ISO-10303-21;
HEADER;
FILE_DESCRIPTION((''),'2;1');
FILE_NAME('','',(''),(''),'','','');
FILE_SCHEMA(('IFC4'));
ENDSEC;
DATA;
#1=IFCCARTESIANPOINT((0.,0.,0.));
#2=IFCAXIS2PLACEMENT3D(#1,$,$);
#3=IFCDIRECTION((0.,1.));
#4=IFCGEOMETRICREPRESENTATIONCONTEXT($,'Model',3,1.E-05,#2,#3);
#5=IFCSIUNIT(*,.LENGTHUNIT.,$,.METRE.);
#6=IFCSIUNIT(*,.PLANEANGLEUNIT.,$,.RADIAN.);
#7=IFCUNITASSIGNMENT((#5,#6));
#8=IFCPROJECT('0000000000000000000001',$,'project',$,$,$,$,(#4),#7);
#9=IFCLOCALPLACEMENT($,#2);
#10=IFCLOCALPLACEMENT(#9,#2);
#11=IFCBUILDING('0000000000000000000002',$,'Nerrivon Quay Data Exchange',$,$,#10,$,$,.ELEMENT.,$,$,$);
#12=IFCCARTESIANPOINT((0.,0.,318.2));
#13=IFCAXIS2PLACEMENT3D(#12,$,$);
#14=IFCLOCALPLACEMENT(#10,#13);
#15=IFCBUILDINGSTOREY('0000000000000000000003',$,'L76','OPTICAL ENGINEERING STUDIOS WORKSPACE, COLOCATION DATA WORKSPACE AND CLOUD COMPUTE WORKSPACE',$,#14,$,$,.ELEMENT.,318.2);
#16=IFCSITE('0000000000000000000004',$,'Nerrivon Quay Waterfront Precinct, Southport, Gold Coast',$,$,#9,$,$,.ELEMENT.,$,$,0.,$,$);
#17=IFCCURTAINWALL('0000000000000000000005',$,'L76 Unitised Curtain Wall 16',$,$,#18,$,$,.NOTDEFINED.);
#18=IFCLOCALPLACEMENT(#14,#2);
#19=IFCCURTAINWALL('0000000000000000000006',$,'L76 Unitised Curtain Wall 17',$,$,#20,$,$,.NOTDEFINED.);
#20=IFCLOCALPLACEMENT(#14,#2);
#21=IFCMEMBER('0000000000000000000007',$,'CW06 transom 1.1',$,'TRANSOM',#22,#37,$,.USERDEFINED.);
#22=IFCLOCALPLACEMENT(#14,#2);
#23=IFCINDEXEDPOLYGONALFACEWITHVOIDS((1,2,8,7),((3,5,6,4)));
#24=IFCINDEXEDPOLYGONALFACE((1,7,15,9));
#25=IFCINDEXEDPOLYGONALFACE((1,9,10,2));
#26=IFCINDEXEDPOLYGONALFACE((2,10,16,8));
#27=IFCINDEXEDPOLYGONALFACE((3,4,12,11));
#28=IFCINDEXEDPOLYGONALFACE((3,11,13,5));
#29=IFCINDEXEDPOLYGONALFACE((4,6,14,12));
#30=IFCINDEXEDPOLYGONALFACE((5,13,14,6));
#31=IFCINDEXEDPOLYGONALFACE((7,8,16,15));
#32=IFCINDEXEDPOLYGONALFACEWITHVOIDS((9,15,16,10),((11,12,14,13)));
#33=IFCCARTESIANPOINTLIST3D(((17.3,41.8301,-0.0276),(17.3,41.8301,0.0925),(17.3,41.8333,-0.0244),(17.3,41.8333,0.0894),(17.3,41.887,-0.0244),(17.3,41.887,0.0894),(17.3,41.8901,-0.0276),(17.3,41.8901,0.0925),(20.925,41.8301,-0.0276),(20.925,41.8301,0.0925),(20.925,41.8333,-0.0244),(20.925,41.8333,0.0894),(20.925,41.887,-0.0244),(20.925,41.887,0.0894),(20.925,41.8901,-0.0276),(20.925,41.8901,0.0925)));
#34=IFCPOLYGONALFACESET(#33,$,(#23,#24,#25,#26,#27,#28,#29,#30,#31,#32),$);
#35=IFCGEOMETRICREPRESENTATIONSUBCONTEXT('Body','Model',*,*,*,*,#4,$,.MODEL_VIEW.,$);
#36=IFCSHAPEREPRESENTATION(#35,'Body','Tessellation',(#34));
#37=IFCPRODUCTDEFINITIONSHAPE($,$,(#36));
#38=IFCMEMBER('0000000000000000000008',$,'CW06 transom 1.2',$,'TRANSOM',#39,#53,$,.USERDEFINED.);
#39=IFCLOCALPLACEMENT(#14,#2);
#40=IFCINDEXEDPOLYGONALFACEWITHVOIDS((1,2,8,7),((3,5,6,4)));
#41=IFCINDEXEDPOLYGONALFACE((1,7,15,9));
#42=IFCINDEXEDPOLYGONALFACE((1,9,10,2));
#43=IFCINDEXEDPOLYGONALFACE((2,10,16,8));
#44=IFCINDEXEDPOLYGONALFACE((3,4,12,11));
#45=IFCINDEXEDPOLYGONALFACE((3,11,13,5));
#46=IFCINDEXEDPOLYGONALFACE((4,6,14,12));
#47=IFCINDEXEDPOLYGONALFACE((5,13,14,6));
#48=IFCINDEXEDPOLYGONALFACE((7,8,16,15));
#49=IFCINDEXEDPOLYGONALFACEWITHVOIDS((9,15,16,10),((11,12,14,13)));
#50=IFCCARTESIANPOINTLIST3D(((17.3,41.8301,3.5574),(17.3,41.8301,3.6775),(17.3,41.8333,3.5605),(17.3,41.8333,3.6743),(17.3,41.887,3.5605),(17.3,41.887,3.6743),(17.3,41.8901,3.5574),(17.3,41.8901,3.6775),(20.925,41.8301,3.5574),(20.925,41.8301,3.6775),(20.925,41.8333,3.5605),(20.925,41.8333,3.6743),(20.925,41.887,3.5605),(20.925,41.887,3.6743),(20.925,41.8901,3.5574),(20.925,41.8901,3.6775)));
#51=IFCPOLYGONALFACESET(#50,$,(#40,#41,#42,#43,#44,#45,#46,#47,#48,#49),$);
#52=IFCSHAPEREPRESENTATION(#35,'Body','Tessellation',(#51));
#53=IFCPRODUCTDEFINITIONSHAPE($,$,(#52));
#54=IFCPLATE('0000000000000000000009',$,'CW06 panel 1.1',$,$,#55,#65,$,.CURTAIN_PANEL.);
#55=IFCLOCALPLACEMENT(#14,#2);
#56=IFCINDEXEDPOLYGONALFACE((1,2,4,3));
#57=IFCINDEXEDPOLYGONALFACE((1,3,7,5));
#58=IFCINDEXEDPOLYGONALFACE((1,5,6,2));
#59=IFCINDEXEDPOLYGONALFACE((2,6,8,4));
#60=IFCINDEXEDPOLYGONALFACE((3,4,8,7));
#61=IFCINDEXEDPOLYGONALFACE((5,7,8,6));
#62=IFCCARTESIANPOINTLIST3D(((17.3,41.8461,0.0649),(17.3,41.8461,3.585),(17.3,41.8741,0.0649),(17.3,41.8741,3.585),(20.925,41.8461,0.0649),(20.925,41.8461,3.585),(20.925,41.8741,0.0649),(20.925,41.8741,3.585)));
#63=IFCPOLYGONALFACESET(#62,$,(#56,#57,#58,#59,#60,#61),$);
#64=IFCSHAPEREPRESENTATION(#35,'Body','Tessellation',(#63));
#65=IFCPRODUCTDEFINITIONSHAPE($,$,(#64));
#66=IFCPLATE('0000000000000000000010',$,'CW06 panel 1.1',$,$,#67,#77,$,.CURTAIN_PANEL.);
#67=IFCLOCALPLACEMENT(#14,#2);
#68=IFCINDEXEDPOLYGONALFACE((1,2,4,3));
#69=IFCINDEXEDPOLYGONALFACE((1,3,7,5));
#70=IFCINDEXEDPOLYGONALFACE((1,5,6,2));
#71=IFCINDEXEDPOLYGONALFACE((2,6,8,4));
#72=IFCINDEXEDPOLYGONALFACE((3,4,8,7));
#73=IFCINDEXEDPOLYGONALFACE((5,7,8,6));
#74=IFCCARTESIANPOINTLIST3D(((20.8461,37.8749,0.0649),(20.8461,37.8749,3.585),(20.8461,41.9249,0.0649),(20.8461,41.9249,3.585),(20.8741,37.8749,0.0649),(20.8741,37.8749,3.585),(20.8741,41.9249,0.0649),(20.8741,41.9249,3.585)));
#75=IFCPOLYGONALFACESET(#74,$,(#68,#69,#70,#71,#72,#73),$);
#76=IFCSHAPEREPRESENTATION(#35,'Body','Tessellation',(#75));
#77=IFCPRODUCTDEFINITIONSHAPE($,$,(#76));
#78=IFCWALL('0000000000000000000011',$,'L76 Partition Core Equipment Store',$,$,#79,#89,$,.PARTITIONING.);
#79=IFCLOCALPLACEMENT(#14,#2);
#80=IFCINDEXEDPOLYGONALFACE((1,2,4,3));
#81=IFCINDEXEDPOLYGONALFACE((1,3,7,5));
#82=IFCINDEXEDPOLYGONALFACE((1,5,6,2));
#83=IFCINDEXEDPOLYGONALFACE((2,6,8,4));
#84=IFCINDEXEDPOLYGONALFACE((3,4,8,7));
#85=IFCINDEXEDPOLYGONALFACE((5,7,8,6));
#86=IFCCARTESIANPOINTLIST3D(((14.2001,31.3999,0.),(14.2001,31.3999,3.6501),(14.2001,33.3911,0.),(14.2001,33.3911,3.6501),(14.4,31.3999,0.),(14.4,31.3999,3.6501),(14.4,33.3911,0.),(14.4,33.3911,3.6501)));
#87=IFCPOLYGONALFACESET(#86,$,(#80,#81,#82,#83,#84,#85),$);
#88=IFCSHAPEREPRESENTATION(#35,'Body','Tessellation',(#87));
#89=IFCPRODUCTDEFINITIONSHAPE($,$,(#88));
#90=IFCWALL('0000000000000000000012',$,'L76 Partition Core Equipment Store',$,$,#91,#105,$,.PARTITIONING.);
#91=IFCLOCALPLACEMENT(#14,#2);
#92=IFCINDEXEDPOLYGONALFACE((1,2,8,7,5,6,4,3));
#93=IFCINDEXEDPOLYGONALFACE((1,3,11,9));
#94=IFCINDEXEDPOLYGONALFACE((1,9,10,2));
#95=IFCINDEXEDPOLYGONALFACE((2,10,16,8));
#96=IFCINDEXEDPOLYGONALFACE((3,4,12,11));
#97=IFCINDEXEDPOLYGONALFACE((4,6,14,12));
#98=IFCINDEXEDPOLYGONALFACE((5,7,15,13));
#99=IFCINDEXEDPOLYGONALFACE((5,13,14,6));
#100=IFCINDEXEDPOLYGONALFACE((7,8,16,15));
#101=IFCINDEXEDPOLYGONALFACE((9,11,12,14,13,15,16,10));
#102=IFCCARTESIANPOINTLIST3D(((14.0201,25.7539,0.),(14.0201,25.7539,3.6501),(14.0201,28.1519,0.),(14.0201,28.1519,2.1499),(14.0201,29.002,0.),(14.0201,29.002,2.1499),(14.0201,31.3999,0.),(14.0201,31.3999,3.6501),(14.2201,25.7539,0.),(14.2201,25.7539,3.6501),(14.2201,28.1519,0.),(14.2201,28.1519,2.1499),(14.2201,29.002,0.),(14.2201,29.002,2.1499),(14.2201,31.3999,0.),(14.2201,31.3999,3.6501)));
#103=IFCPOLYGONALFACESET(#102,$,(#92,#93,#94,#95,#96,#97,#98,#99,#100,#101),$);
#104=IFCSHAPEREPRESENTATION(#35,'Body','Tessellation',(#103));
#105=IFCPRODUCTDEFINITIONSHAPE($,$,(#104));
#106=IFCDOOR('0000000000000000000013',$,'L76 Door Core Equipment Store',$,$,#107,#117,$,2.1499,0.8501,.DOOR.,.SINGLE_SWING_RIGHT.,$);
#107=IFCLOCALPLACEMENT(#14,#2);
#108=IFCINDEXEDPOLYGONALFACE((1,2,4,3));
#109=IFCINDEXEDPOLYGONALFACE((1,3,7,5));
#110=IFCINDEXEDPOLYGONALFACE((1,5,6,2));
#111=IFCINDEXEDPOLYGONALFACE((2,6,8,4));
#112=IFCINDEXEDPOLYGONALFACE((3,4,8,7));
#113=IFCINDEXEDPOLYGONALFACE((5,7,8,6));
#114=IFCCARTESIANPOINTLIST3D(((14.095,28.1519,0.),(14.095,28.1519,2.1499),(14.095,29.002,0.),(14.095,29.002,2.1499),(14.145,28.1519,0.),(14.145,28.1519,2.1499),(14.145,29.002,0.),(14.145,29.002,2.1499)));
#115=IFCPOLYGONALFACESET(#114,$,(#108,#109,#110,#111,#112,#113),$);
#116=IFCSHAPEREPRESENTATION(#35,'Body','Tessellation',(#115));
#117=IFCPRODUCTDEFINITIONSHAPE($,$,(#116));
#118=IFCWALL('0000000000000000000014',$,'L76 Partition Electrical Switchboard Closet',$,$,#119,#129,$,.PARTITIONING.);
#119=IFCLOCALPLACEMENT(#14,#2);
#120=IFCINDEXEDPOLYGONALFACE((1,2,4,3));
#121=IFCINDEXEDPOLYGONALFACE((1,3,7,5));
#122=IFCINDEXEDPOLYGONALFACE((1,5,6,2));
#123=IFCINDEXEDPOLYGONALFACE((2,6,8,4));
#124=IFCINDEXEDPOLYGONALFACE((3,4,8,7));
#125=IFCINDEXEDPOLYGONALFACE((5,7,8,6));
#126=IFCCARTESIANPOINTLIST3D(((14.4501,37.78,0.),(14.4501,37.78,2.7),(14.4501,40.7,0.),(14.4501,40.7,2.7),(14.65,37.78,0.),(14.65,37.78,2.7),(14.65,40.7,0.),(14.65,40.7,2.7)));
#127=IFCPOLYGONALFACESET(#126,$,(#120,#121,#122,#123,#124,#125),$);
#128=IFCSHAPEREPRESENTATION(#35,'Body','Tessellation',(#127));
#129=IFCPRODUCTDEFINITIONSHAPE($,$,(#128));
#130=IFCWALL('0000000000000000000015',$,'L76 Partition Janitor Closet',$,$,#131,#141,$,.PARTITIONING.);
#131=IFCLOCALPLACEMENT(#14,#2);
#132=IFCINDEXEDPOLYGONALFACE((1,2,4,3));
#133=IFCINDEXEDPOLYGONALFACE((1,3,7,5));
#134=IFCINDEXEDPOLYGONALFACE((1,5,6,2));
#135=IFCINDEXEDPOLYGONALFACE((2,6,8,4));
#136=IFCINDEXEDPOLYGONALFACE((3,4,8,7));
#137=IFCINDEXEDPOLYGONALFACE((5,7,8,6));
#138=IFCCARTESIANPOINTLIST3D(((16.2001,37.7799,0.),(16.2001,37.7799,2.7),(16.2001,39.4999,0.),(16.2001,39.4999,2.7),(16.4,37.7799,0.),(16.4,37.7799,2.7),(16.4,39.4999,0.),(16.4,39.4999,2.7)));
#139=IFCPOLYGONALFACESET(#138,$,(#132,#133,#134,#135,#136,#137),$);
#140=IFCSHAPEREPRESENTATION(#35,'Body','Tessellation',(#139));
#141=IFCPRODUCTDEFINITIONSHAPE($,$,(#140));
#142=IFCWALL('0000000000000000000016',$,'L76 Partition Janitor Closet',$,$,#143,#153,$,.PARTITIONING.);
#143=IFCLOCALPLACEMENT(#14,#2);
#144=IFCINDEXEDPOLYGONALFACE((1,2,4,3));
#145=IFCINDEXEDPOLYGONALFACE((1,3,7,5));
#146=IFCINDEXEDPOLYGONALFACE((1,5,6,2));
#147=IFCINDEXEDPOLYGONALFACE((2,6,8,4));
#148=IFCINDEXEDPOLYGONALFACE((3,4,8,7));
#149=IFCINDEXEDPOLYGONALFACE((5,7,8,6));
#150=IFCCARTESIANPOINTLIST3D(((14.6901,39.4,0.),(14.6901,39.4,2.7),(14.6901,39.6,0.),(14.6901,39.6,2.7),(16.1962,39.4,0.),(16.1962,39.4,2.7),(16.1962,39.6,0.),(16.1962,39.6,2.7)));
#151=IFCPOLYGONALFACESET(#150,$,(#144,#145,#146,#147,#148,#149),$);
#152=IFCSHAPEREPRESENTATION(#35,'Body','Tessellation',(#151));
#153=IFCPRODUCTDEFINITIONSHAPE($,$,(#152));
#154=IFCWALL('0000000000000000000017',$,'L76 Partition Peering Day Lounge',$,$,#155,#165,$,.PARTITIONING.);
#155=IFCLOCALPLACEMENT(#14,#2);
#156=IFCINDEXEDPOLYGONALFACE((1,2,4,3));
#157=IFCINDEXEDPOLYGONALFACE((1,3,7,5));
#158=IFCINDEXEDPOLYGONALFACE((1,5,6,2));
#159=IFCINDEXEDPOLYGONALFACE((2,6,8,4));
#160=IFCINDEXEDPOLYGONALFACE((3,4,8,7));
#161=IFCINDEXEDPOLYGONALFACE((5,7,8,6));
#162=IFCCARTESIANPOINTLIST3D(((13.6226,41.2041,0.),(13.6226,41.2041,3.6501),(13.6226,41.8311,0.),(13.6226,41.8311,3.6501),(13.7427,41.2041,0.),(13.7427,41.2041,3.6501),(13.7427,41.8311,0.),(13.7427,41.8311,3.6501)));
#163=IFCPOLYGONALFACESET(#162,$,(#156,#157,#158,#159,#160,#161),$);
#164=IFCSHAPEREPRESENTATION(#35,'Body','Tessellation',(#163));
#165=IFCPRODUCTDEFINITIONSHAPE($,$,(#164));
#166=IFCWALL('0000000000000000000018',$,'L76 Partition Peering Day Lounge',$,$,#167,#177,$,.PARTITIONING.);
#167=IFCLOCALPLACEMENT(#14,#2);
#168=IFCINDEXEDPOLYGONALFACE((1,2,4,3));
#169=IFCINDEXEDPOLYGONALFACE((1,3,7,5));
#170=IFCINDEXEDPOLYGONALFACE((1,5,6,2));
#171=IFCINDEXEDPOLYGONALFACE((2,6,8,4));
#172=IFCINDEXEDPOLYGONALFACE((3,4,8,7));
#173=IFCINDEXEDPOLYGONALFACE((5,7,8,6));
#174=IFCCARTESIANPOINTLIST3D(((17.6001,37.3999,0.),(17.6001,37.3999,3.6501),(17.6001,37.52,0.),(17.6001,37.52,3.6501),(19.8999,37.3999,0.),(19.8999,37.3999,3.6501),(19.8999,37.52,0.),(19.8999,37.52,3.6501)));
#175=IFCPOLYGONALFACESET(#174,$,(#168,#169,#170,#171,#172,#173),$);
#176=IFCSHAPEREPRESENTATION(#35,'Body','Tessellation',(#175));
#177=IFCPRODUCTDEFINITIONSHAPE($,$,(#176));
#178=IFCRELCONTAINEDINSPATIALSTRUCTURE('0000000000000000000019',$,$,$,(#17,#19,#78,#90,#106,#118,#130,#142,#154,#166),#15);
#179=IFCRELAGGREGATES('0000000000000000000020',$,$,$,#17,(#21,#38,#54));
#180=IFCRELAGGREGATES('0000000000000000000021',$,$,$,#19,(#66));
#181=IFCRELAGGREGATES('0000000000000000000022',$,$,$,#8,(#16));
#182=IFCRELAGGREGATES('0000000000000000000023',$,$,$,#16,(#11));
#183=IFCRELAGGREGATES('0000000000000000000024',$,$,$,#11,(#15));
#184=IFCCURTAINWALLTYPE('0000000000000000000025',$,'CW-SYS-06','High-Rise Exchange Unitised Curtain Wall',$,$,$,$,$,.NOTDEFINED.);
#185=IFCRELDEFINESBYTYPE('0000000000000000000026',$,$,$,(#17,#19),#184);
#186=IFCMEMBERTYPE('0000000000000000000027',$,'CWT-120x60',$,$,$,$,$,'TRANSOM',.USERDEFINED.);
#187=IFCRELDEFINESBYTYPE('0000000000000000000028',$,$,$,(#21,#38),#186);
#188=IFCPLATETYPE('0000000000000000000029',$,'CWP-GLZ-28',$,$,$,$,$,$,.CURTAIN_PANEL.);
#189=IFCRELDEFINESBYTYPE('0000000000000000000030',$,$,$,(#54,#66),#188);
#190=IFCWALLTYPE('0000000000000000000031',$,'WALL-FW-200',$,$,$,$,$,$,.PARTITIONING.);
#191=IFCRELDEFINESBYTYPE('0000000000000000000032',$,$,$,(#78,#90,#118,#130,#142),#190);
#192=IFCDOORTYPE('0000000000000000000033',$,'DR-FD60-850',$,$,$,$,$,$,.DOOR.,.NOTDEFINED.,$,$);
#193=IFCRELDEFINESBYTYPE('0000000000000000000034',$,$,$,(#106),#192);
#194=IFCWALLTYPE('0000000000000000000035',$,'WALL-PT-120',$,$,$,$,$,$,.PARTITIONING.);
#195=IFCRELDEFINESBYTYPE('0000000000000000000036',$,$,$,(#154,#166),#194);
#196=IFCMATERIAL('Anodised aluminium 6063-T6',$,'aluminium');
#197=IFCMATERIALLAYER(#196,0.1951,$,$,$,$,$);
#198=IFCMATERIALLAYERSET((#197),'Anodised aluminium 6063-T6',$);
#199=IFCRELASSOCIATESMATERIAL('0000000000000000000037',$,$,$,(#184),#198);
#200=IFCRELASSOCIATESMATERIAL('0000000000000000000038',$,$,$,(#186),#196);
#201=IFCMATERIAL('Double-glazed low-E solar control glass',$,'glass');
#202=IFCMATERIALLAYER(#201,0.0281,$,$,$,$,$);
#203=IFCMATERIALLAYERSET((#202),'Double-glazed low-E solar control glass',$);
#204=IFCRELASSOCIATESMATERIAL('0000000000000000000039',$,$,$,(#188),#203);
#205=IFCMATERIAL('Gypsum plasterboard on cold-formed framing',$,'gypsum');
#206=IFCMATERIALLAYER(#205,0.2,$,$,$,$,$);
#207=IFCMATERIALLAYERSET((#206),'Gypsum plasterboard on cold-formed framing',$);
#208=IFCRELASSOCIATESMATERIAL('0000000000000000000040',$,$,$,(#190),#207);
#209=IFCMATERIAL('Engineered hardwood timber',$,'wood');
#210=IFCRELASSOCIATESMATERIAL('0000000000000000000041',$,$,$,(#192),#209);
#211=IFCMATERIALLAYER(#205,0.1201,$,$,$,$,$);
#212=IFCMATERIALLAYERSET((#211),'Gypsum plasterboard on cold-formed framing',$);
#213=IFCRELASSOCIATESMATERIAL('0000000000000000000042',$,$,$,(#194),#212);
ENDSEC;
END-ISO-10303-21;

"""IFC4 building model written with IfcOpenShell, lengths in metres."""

from ifc_helpers import new_model, si_unit, direction, frame, frame_2d, origin, origin_2d, place, context, subcontext, project, spatial, rectangle, hollow_rectangle, extrude, material, layer, layer_set, material_profile, profile_set, type_object, element, fill, aggregate, save


model = new_model("IFC4")

# Units and contexts
model_context = context("Model", 3, precision=1e-05, world=origin(), true_north=direction((0.0, 1.0)))
body_context = subcontext(model_context, "Body", "Model", "MODEL_VIEW")
ifc_project = project(units=[si_unit("LENGTHUNIT", "METRE"), si_unit("PLANEANGLEUNIT", "RADIAN")], contexts=[model_context])

# Site, building, storey
site_placement = place(None, origin())
site = spatial("IfcSite", under=ifc_project, at=site_placement, Name="Nerrivon Quay Waterfront Precinct, Southport, Gold Coast", CompositionType="ELEMENT", RefElevation=0.0)
building_placement = place(site_placement, origin())
building = spatial("IfcBuilding", under=site, at=building_placement, Name="Nerrivon Quay Data Exchange", CompositionType="ELEMENT")
storey_placement = place(building_placement, frame((0.0, 0.0, 318.2)))
storey = spatial("IfcBuildingStorey", under=building, at=storey_placement, Name="L76", Description="OPTICAL ENGINEERING STUDIOS WORKSPACE, COLOCATION DATA WORKSPACE AND CLOUD COMPUTE WORKSPACE", CompositionType="ELEMENT", Elevation=318.2)

# Curtain walls
ifc_material_1 = material(Name="Anodised aluminium 6063-T6", Category="aluminium")
ifc_layer_1 = layer(ifc_material_1, 0.1951)
ifc_layer_set_1 = layer_set([ifc_layer_1], Name="Anodised aluminium 6063-T6")
curtain_wall_type = type_object("IfcCurtainWallType", Name="CW-SYS-06", Description="High-Rise Exchange Unitised Curtain Wall", PredefinedType="NOTDEFINED", material=ifc_layer_set_1)
curtain_wall_1_placement = place(storey_placement, origin())
curtain_wall_1 = element("IfcCurtainWall", 1, at=curtain_wall_1_placement, inside=storey, type_object=curtain_wall_type, Name="L76 Unitised Curtain Wall 16", PredefinedType="NOTDEFINED")
curtain_wall_2_placement = place(storey_placement, origin())
curtain_wall_2 = element("IfcCurtainWall", 2, at=curtain_wall_2_placement, inside=storey, type_object=curtain_wall_type, Name="L76 Unitised Curtain Wall 17", PredefinedType="NOTDEFINED")

# Members
ifc_material_profile_1 = material_profile(ifc_material_1, hollow_rectangle(XDim=0.0601, YDim=0.1201, WallThickness=0.0032, at=origin_2d()), Name="ALU-TRAN-120x60")
ifc_profile_set_1 = profile_set([ifc_material_profile_1], Name="Anodised aluminium 6063-T6")
member_type_1 = type_object("IfcMemberType", Name="CWT-120x60", ElementType="TRANSOM", PredefinedType="USERDEFINED", material=ifc_profile_set_1)
member_1_placement = place(storey_placement, frame((17.3, 41.8601, 0.0325), z_axis=(1.0, 0.0, 0.0), x_axis=(0.0, 1.0, 0.0)))
member_1 = element("IfcMember", 3, at=member_1_placement, type_object=member_type_1, Name="CW06 transom 1.1", ObjectType="TRANSOM", PredefinedType="USERDEFINED", context=body_context, shape_type="SweptSolid", body=[
    extrude(hollow_rectangle(XDim=0.0601, YDim=0.1201, WallThickness=0.0032, at=origin_2d()), origin(), (0.0, 0.0, 1.0), 3.625),
])
member_2_placement = place(storey_placement, frame((17.3, 41.8601, 3.6174), z_axis=(1.0, 0.0, 0.0), x_axis=(0.0, 1.0, 0.0)))
member_2 = element("IfcMember", 4, at=member_2_placement, type_object=member_type_1, Name="CW06 transom 1.2", ObjectType="TRANSOM", PredefinedType="USERDEFINED", context=body_context, shape_type="SweptSolid", body=[
    extrude(hollow_rectangle(XDim=0.0601, YDim=0.1201, WallThickness=0.0032, at=origin_2d()), origin(), (0.0, 0.0, 1.0), 3.625),
])

# Plates
ifc_material_2 = material(Name="Double-glazed low-E solar control glass", Category="glass")
ifc_layer_2 = layer(ifc_material_2, 0.0281)
ifc_layer_set_2 = layer_set([ifc_layer_2], Name="Double-glazed low-E solar control glass")
plate_type = type_object("IfcPlateType", Name="CWP-GLZ-28", PredefinedType="CURTAIN_PANEL", material=ifc_layer_set_2)
plate_1_placement = place(storey_placement, frame((19.1125, 41.8601, 0.0649), z_axis=(0.0, 0.0, 1.0), x_axis=(1.0, 0.0, 0.0)))
plate_1 = element("IfcPlate", 5, at=plate_1_placement, type_object=plate_type, Name="CW06 panel 1.1", PredefinedType="CURTAIN_PANEL", context=body_context, shape_type="SweptSolid", body=[
    extrude(rectangle(XDim=3.625, YDim=0.0281, at=origin_2d()), origin(), (0.0, 0.0, 1.0), 3.52),
])
aggregate(curtain_wall_1, [member_1, member_2, plate_1])
plate_2_placement = place(storey_placement, frame((20.8601, 39.8999, 0.0649), z_axis=(0.0, 0.0, 1.0), x_axis=(0.0, -1.0, 0.0)))
plate_2 = element("IfcPlate", 6, at=plate_2_placement, type_object=plate_type, Name="CW06 panel 1.1", PredefinedType="CURTAIN_PANEL", context=body_context, shape_type="SweptSolid", body=[
    extrude(rectangle(XDim=4.05, YDim=0.0281, at=origin_2d()), origin(), (0.0, 0.0, 1.0), 3.52),
])
aggregate(curtain_wall_2, [plate_2])

# Wall
ifc_material_3 = material(Name="Gypsum plasterboard on cold-formed framing", Category="gypsum")
ifc_layer_3 = layer(ifc_material_3, 0.2)
ifc_layer_set_3 = layer_set([ifc_layer_3], Name="Gypsum plasterboard on cold-formed framing")
wall_type_1 = type_object("IfcWallType", Name="WALL-FW-200", PredefinedType="PARTITIONING", material=ifc_layer_set_3)
wall_1_placement = place(storey_placement, frame((14.3, 33.3911, 0.0), z_axis=(0.0, 0.0, 1.0), x_axis=(0.0, -1.0, 0.0)))
element("IfcWall", 7, at=wall_1_placement, inside=storey, type_object=wall_type_1, Name="L76 Partition Core Equipment Store", PredefinedType="PARTITIONING", context=body_context, shape_type="SweptSolid", body=[
    extrude(rectangle(XDim=1.9912, YDim=0.2, at=frame_2d((0.9956, 0.0))), origin(), (0.0, 0.0, 1.0), 3.6501),
])

# Wall, opening, door
wall_2_placement = place(storey_placement, frame((14.1201, 31.3999, 0.0), z_axis=(0.0, 0.0, 1.0), x_axis=(0.0, -1.0, 0.0)))
wall_2 = element("IfcWall", 8, at=wall_2_placement, inside=storey, type_object=wall_type_1, Name="L76 Partition Core Equipment Store", PredefinedType="PARTITIONING", context=body_context, shape_type="SweptSolid", body=[
    extrude(rectangle(XDim=5.646, YDim=0.2, at=frame_2d((2.823, 0.0))), origin(), (0.0, 0.0, 1.0), 3.6501),
])
opening_1_placement = place(wall_2_placement, frame((2.3979, 0.0, 0.0)))
opening_1 = element("IfcOpeningElement", 9, at=opening_1_placement, cuts=wall_2, PredefinedType="OPENING", context=body_context, shape_type="SweptSolid", body=[
    extrude(rectangle(XDim=0.8501, YDim=2.1499, at=frame_2d((0.425, 1.075))), frame((0.0, 0.1099, 0.0), z_axis=(0.0, -1.0, 0.0), x_axis=(1.0, 0.0, 0.0)), (0.0, 0.0, 1.0), 0.22),
])
ifc_material_4 = material(Name="Engineered hardwood timber", Category="wood")
door_type_1 = type_object("IfcDoorType", Name="DR-FD60-850", OperationType="NOTDEFINED", PredefinedType="DOOR", material=ifc_material_4)
door_1_placement = place(opening_1_placement, origin())
door_1 = element("IfcDoor", 10, at=door_1_placement, inside=storey, type_object=door_type_1, Name="L76 Door Core Equipment Store", OperationType="SINGLE_SWING_RIGHT", OverallHeight=2.1499, OverallWidth=0.8501, PredefinedType="DOOR", context=body_context, shape_type="SweptSolid", body=[
    extrude(rectangle(XDim=0.8501, YDim=2.1499, at=frame_2d((0.425, 1.075))), frame((0.0, 0.0249, 0.0), z_axis=(0.0, -1.0, 0.0), x_axis=(1.0, 0.0, 0.0)), (0.0, 0.0, 1.0), 0.05),
])
fill(opening_1, door_1)

# Walls
wall_3_placement = place(storey_placement, frame((14.55, 37.78, 0.0), z_axis=(0.0, 0.0, 1.0), x_axis=(0.0, 1.0, 0.0)))
element("IfcWall", 11, at=wall_3_placement, inside=storey, type_object=wall_type_1, Name="L76 Partition Electrical Switchboard Closet", PredefinedType="PARTITIONING", context=body_context, shape_type="SweptSolid", body=[
    extrude(rectangle(XDim=2.9199, YDim=0.2, at=frame_2d((1.46, 0.0))), origin(), (0.0, 0.0, 1.0), 2.7),
])
wall_4_placement = place(storey_placement, frame((16.3, 37.78, 0.0), z_axis=(0.0, 0.0, 1.0), x_axis=(0.0, 1.0, 0.0)))
element("IfcWall", 12, at=wall_4_placement, inside=storey, type_object=wall_type_1, Name="L76 Partition Janitor Closet", PredefinedType="PARTITIONING", context=body_context, shape_type="SweptSolid", body=[
    extrude(rectangle(XDim=1.72, YDim=0.2, at=frame_2d((0.8599, 0.0))), origin(), (0.0, 0.0, 1.0), 2.7),
])
wall_5_placement = place(storey_placement, frame((16.196, 39.5, 0.0), z_axis=(0.0, 0.0, 1.0), x_axis=(-1.0, 0.0, 0.0)))
element("IfcWall", 13, at=wall_5_placement, inside=storey, type_object=wall_type_1, Name="L76 Partition Janitor Closet", PredefinedType="PARTITIONING", context=body_context, shape_type="SweptSolid", body=[
    extrude(rectangle(XDim=1.5061, YDim=0.2, at=frame_2d((0.7529, 0.0))), origin(), (0.0, 0.0, 1.0), 2.7),
])
ifc_layer_4 = layer(ifc_material_3, 0.1201)
ifc_layer_set_4 = layer_set([ifc_layer_4], Name="Gypsum plasterboard on cold-formed framing")
wall_type_2 = type_object("IfcWallType", Name="WALL-PT-120", PredefinedType="PARTITIONING", material=ifc_layer_set_4)
wall_6_placement = place(storey_placement, frame((13.6826, 41.8311, 0.0), z_axis=(0.0, 0.0, 1.0), x_axis=(0.0, -1.0, 0.0)))
element("IfcWall", 14, at=wall_6_placement, inside=storey, type_object=wall_type_2, Name="L76 Partition Peering Day Lounge", PredefinedType="PARTITIONING", context=body_context, shape_type="SweptSolid", body=[
    extrude(rectangle(XDim=0.627, YDim=0.1201, at=frame_2d((0.3135, 0.0))), origin(), (0.0, 0.0, 1.0), 3.6501),
])
wall_7_placement = place(storey_placement, frame((17.6001, 37.46, 0.0), z_axis=(0.0, 0.0, 1.0), x_axis=(1.0, 0.0, 0.0)))
element("IfcWall", 15, at=wall_7_placement, inside=storey, type_object=wall_type_2, Name="L76 Partition Peering Day Lounge", PredefinedType="PARTITIONING", context=body_context, shape_type="SweptSolid", body=[
    extrude(rectangle(XDim=2.2998, YDim=0.1201, at=frame_2d((1.1499, 0.0))), origin(), (0.0, 0.0, 1.0), 3.6501),
])

save(model, "model.ifc")
